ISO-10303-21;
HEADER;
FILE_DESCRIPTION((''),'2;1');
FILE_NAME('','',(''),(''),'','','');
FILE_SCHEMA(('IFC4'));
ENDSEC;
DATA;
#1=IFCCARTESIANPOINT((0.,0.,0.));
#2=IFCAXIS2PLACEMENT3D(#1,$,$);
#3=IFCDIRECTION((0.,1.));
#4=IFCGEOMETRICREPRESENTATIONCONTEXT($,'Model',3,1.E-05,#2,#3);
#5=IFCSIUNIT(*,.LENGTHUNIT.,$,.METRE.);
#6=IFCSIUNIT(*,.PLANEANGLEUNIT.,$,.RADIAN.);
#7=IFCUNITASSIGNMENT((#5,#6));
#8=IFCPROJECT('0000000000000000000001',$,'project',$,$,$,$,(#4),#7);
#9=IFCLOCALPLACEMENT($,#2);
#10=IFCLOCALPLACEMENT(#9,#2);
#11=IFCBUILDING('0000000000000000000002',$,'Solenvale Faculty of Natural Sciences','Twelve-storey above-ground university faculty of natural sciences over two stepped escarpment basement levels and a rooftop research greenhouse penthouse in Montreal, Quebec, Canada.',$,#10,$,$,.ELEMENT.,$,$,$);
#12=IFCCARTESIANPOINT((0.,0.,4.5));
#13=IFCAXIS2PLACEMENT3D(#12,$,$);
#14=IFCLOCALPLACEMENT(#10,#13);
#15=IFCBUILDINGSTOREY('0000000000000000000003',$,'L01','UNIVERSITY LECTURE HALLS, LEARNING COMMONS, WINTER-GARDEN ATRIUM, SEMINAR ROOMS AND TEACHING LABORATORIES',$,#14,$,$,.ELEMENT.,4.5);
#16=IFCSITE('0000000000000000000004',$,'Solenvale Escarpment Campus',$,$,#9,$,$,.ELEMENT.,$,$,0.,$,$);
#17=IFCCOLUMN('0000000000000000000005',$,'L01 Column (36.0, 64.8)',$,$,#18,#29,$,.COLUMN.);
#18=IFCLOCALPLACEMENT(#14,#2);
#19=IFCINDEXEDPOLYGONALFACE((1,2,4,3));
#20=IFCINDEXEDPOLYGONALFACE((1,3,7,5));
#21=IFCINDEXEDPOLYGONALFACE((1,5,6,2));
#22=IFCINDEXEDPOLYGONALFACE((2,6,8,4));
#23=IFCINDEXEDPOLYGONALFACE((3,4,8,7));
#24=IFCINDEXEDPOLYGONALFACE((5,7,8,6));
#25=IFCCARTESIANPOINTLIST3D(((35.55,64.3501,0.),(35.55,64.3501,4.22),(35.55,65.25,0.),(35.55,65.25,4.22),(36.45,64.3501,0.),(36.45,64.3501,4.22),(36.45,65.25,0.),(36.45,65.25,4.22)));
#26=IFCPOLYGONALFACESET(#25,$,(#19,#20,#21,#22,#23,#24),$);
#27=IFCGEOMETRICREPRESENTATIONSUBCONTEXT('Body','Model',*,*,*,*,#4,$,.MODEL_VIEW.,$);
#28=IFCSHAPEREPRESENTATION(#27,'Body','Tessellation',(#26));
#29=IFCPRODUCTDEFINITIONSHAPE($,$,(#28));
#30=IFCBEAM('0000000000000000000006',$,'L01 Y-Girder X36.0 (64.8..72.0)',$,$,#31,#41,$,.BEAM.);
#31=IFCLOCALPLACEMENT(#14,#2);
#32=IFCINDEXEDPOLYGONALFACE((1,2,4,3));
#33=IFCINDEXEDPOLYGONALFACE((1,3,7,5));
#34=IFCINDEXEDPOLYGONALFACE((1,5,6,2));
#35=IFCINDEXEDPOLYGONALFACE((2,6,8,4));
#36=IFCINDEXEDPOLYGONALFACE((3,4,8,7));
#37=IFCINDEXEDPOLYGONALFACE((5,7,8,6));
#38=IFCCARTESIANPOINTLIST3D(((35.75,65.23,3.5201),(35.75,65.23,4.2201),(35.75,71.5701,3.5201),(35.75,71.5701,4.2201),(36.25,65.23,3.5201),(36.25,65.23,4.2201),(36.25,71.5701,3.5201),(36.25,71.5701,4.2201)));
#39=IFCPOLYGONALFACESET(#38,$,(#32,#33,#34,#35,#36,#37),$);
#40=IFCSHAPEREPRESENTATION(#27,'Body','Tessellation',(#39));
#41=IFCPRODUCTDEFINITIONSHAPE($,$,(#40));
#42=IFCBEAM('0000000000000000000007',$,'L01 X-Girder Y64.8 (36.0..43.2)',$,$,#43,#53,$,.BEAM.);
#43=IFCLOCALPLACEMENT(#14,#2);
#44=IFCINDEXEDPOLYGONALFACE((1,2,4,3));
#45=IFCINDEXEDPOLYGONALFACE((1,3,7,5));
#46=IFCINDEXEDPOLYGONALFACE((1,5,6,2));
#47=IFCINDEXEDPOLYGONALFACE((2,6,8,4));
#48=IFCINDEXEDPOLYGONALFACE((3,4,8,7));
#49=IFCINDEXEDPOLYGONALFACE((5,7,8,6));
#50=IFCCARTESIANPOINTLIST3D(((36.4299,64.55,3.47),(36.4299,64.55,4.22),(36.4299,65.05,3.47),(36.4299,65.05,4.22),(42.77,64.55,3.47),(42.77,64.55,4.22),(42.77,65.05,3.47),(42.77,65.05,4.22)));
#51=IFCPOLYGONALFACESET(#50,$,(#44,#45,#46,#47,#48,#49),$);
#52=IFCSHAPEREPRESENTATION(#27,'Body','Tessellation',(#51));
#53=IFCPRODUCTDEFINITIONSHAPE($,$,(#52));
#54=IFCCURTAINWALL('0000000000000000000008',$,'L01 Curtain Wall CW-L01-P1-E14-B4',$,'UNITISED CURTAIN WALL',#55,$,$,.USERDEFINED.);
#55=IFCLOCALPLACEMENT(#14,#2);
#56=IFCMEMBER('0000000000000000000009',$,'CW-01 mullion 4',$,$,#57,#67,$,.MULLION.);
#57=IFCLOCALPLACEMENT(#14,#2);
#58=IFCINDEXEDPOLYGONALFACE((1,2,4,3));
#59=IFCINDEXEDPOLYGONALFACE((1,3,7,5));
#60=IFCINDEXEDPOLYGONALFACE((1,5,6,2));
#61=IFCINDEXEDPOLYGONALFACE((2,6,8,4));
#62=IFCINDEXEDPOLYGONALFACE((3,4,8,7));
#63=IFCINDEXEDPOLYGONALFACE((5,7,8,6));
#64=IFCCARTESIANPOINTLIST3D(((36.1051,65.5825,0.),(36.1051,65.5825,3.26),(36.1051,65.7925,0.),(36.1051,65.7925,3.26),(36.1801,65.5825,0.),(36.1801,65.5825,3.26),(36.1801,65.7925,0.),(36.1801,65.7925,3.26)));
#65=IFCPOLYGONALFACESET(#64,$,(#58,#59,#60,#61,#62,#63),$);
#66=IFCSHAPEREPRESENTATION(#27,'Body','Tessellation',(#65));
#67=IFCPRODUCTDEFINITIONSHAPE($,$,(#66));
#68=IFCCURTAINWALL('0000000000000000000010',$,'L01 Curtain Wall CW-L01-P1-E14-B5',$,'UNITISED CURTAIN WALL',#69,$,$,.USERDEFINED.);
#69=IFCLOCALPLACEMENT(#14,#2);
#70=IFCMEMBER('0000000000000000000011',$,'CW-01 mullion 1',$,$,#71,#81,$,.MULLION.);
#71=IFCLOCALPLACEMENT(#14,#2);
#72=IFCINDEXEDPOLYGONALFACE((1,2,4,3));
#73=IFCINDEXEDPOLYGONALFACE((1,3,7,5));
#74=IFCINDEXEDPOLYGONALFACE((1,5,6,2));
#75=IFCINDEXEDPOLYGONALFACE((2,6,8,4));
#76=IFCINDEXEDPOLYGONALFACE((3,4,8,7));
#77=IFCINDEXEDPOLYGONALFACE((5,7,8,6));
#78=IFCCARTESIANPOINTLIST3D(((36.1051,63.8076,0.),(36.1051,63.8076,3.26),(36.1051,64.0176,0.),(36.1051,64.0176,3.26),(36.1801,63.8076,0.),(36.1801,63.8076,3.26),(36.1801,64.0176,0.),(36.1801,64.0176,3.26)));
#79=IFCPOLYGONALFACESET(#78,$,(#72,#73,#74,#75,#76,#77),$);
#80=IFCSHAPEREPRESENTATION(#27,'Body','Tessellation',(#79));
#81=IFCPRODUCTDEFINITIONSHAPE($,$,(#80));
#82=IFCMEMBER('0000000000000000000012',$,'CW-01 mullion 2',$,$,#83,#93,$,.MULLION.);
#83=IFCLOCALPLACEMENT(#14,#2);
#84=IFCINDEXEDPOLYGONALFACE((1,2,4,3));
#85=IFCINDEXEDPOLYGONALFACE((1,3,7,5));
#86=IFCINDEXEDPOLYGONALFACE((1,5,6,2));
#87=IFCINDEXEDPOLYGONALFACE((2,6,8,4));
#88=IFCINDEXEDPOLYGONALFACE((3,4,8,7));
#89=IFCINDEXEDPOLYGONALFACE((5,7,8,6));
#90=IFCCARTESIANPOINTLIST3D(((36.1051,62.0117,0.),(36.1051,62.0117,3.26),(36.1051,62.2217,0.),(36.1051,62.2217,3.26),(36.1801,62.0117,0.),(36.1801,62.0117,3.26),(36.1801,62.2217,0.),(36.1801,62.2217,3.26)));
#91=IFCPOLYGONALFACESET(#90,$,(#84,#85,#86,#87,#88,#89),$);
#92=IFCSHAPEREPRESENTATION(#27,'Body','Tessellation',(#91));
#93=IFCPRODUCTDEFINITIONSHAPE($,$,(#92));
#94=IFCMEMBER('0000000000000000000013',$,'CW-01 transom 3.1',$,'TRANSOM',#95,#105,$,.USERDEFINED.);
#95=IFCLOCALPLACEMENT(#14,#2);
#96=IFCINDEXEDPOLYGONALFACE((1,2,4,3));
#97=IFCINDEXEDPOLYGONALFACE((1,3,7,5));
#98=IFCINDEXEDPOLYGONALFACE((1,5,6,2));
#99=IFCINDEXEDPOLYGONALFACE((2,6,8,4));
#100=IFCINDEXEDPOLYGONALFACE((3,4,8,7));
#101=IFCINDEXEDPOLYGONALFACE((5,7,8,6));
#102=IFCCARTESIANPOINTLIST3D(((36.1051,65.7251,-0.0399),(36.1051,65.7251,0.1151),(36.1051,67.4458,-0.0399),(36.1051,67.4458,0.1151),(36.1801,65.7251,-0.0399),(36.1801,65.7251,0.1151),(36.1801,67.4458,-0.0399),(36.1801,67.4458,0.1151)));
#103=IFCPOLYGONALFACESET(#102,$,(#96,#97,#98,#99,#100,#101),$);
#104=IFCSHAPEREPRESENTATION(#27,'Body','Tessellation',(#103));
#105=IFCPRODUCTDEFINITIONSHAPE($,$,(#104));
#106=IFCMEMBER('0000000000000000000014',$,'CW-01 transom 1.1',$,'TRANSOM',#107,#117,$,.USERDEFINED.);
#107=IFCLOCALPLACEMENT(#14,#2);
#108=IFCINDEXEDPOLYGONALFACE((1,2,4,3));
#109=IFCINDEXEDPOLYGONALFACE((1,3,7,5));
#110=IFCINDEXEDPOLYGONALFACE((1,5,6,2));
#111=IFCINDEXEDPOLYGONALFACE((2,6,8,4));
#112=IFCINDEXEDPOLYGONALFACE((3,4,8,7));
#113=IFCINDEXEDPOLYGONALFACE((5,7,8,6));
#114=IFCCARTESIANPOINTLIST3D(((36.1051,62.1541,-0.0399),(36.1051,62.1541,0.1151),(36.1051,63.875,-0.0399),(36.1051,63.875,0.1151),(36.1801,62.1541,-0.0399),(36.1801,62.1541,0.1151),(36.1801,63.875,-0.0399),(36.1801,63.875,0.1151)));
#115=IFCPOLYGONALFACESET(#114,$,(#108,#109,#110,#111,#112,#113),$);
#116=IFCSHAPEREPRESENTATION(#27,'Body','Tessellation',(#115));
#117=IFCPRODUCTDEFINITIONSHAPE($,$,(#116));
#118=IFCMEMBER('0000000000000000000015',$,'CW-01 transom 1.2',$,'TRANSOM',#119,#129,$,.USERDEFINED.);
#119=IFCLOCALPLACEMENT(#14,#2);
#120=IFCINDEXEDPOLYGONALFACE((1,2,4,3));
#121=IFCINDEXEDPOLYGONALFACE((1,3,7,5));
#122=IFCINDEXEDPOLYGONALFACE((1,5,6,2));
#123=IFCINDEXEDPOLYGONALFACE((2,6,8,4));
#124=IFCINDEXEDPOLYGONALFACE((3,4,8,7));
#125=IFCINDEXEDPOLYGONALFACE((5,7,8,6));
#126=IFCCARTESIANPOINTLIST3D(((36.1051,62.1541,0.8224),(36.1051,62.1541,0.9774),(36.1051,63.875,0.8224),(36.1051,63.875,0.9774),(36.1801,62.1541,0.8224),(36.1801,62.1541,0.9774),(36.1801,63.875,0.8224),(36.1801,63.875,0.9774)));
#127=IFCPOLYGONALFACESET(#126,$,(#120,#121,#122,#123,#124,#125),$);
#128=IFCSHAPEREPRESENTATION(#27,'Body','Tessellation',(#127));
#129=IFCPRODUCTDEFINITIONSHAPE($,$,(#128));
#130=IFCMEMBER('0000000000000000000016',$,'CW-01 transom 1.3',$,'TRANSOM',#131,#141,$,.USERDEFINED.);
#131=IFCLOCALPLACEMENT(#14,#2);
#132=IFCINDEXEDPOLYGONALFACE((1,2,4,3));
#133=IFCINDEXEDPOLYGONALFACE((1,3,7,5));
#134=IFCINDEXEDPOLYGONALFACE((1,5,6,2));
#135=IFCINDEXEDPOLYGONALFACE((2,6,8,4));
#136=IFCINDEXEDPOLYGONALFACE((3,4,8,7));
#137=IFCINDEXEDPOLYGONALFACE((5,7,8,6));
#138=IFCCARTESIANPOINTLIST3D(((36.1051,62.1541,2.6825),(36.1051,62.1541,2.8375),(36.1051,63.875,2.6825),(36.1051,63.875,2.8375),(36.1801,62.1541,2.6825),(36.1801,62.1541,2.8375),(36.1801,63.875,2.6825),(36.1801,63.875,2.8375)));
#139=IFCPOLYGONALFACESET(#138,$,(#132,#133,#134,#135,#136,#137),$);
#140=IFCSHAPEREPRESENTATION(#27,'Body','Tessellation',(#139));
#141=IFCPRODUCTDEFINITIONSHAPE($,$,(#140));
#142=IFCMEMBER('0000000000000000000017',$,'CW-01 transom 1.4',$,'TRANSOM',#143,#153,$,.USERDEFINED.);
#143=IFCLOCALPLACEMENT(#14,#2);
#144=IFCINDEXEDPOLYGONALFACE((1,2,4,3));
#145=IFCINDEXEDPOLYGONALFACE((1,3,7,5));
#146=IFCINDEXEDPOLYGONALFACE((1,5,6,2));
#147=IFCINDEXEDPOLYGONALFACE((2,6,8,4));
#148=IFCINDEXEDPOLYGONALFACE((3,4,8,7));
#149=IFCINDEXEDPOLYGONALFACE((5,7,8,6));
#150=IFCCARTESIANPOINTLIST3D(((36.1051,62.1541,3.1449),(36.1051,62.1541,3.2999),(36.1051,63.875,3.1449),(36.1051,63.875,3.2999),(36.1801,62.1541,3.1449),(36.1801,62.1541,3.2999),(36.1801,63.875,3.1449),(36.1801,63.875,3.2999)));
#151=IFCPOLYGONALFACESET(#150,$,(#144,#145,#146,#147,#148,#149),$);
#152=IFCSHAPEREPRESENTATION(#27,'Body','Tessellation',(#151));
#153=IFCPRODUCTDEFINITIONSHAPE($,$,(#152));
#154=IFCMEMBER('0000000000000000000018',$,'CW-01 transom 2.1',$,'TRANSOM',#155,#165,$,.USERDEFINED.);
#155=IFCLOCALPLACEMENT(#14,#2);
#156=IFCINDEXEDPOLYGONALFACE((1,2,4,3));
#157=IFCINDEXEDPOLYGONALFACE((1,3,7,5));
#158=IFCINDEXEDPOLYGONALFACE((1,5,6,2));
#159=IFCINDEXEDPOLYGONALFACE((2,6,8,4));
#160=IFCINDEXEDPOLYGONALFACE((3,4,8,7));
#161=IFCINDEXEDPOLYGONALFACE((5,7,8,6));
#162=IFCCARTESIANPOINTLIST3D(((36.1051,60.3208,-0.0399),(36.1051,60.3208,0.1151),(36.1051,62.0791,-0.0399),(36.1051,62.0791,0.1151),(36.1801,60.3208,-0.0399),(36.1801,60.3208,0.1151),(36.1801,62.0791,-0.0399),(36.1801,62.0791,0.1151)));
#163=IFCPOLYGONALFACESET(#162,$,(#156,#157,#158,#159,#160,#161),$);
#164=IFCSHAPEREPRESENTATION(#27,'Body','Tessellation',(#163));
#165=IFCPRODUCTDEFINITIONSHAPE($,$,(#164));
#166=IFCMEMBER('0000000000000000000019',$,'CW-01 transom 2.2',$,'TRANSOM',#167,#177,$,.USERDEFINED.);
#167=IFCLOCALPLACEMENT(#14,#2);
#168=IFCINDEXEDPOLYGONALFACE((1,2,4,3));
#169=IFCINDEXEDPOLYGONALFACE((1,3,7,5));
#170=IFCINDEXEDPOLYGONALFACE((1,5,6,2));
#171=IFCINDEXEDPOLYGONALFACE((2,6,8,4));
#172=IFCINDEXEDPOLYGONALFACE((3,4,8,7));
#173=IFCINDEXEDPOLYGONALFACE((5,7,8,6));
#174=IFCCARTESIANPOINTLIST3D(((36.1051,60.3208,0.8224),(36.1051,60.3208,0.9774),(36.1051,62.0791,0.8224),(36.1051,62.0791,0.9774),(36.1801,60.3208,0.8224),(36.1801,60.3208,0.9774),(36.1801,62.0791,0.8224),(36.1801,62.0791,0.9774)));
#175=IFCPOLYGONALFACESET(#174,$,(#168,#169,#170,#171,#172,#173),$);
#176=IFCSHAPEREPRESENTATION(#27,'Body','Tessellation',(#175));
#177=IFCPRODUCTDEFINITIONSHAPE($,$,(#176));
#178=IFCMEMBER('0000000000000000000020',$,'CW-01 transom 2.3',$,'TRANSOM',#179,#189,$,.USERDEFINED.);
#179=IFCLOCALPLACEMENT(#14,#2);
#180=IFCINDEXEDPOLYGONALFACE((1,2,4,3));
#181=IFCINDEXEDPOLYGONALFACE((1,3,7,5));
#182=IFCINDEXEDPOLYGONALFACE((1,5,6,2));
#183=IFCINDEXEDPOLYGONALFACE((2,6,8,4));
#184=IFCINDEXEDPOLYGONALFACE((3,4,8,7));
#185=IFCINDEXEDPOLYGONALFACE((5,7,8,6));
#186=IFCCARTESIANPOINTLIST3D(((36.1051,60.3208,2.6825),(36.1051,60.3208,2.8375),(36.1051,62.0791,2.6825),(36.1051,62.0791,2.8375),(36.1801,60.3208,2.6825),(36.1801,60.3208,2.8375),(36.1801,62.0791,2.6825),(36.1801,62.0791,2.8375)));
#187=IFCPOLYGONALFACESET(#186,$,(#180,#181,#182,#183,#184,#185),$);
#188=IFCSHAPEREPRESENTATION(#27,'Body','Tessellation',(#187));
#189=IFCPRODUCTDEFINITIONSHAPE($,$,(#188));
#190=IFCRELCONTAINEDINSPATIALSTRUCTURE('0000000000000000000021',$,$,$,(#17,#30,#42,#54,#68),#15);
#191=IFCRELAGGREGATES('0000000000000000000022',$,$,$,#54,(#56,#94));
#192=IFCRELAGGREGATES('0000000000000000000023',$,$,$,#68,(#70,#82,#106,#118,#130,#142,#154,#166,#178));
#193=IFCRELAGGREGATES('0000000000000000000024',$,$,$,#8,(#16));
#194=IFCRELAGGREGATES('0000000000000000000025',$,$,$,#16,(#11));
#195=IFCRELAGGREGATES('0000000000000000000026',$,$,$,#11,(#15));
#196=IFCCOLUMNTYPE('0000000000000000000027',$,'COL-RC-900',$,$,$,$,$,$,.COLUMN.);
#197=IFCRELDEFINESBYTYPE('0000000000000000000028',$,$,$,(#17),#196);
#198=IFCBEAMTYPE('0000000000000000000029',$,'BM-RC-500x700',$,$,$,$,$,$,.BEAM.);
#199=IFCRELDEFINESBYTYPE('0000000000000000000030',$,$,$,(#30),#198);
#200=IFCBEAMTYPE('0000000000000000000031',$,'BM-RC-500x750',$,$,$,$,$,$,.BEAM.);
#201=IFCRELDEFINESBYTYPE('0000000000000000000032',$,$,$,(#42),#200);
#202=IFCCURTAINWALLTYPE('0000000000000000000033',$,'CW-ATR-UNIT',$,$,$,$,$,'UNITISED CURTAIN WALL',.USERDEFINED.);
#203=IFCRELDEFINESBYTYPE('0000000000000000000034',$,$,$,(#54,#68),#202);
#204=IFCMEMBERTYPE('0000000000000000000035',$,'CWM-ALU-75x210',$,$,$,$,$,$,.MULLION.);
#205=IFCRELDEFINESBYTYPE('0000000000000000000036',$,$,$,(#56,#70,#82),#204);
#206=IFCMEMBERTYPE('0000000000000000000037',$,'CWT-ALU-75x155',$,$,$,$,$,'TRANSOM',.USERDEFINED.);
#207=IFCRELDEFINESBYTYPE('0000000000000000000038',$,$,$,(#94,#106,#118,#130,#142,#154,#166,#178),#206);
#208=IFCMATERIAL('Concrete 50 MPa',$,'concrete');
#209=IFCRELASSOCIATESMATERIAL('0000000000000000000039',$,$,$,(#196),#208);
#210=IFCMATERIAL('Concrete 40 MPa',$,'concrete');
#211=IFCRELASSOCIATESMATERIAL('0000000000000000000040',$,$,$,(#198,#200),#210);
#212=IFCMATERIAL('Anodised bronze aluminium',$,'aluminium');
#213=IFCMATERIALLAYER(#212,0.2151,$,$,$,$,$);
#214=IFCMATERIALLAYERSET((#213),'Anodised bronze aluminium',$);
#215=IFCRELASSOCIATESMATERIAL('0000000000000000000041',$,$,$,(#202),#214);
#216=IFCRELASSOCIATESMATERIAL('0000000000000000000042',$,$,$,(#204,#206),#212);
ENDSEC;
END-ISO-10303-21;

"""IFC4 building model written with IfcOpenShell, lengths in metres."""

from ifc_helpers import new_model, si_unit, direction, frame, origin, origin_2d, place, context, subcontext, project, spatial, rectangle, extrude, material, layer, layer_set, material_profile, profile_set, type_object, element, aggregate, save


model = new_model("IFC4")

# Units and contexts
model_context = context("Model", 3, precision=1e-05, world=origin(), true_north=direction((0.0, 1.0)))
body_context = subcontext(model_context, "Body", "Model", "MODEL_VIEW")
ifc_project = project(units=[si_unit("LENGTHUNIT", "METRE"), si_unit("PLANEANGLEUNIT", "RADIAN")], contexts=[model_context])

# Site, building, storey
site_placement = place(None, origin())
site = spatial("IfcSite", under=ifc_project, at=site_placement, Name="Solenvale Escarpment Campus", CompositionType="ELEMENT", RefElevation=0.0)
building_placement = place(site_placement, origin())
building = spatial("IfcBuilding", under=site, at=building_placement, Name="Solenvale Faculty of Natural Sciences", Description="Twelve-storey above-ground university faculty of natural sciences over two stepped escarpment basement levels and a rooftop research greenhouse penthouse in Montreal, Quebec, Canada.", CompositionType="ELEMENT")
storey_placement = place(building_placement, frame((0.0, 0.0, 4.5)))
storey = spatial("IfcBuildingStorey", under=building, at=storey_placement, Name="L01", Description="UNIVERSITY LECTURE HALLS, LEARNING COMMONS, WINTER-GARDEN ATRIUM, SEMINAR ROOMS AND TEACHING LABORATORIES", CompositionType="ELEMENT", Elevation=4.5)

# Column
ifc_material_1 = material(Name="Concrete 50 MPa", Category="concrete")
ifc_material_profile_1 = material_profile(ifc_material_1, rectangle(XDim=0.8999, YDim=0.8999, at=origin_2d()), Name="RC-COL-900x900")
ifc_profile_set_1 = profile_set([ifc_material_profile_1], Name="Concrete 50 MPa")
column_type = type_object("IfcColumnType", Name="COL-RC-900", PredefinedType="COLUMN", material=ifc_profile_set_1)
column_placement = place(storey_placement, frame((36.0, 64.8, 0.0), z_axis=(0.0, 0.0, 1.0), x_axis=(1.0, 0.0, 0.0)))
element("IfcColumn", 1, at=column_placement, inside=storey, type_object=column_type, Name="L01 Column (36.0, 64.8)", PredefinedType="COLUMN", context=body_context, shape_type="SweptSolid", body=[
    extrude(rectangle(XDim=0.8999, YDim=0.8999, at=origin_2d()), origin(), (0.0, 0.0, 1.0), 4.22),
])

# Beams
ifc_material_2 = material(Name="Concrete 40 MPa", Category="concrete")
ifc_material_profile_2 = material_profile(ifc_material_2, rectangle(XDim=0.5, YDim=0.7, at=origin_2d()), Name="RC-BM-500x700")
ifc_profile_set_2 = profile_set([ifc_material_profile_2], Name="Concrete 40 MPa")
beam_type_1 = type_object("IfcBeamType", Name="BM-RC-500x700", PredefinedType="BEAM", material=ifc_profile_set_2)
beam_1_placement = place(storey_placement, frame((36.0, 65.23, 3.8701), z_axis=(0.0, 1.0, 0.0), x_axis=(-1.0, 0.0, 0.0)))
element("IfcBeam", 2, at=beam_1_placement, inside=storey, type_object=beam_type_1, Name="L01 Y-Girder X36.0 (64.8..72.0)", PredefinedType="BEAM", context=body_context, shape_type="SweptSolid", body=[
    extrude(rectangle(XDim=0.5, YDim=0.7, at=origin_2d()), origin(), (0.0, 0.0, 1.0), 6.3401),
])
ifc_material_profile_3 = material_profile(ifc_material_2, rectangle(XDim=0.5, YDim=0.75, at=origin_2d()), Name="RC-BM-500x750")
ifc_profile_set_3 = profile_set([ifc_material_profile_3], Name="Concrete 40 MPa")
beam_type_2 = type_object("IfcBeamType", Name="BM-RC-500x750", PredefinedType="BEAM", material=ifc_profile_set_3)
beam_2_placement = place(storey_placement, frame((36.4299, 64.8, 3.845), z_axis=(1.0, 0.0, 0.0), x_axis=(0.0, 1.0, 0.0)))
element("IfcBeam", 3, at=beam_2_placement, inside=storey, type_object=beam_type_2, Name="L01 X-Girder Y64.8 (36.0..43.2)", PredefinedType="BEAM", context=body_context, shape_type="SweptSolid", body=[
    extrude(rectangle(XDim=0.5, YDim=0.75, at=origin_2d()), origin(), (0.0, 0.0, 1.0), 6.3401),
])

# Curtain wall, member
ifc_material_3 = material(Name="Anodised bronze aluminium", Category="aluminium")
ifc_layer_1 = layer(ifc_material_3, 0.2151)
ifc_layer_set_1 = layer_set([ifc_layer_1], Name="Anodised bronze aluminium")
curtain_wall_type = type_object("IfcCurtainWallType", Name="CW-ATR-UNIT", ElementType="UNITISED CURTAIN WALL", PredefinedType="USERDEFINED", material=ifc_layer_set_1)
curtain_wall_1_placement = place(storey_placement, origin())
curtain_wall_1 = element("IfcCurtainWall", 4, at=curtain_wall_1_placement, inside=storey, type_object=curtain_wall_type, Name="L01 Curtain Wall CW-L01-P1-E14-B4", ObjectType="UNITISED CURTAIN WALL", PredefinedType="USERDEFINED")
ifc_material_profile_4 = material_profile(ifc_material_3, rectangle(XDim=0.075, YDim=0.21, at=origin_2d()), Name="ALU-MUL-75x210")
ifc_profile_set_4 = profile_set([ifc_material_profile_4], Name="Anodised bronze aluminium")
member_type_1 = type_object("IfcMemberType", Name="CWM-ALU-75x210", PredefinedType="MULLION", material=ifc_profile_set_4)
member_1_placement = place(storey_placement, frame((36.1426, 65.6875, 0.0), z_axis=(0.0, 0.0, 1.0), x_axis=(1.0, 0.0, 0.0)))
member_1 = element("IfcMember", 5, at=member_1_placement, type_object=member_type_1, Name="CW-01 mullion 4", PredefinedType="MULLION", context=body_context, shape_type="SweptSolid", body=[
    extrude(rectangle(XDim=0.075, YDim=0.21, at=origin_2d()), origin(), (0.0, 0.0, 1.0), 3.26),
])

# Curtain wall, members
curtain_wall_2_placement = place(storey_placement, origin())
curtain_wall_2 = element("IfcCurtainWall", 6, at=curtain_wall_2_placement, inside=storey, type_object=curtain_wall_type, Name="L01 Curtain Wall CW-L01-P1-E14-B5", ObjectType="UNITISED CURTAIN WALL", PredefinedType="USERDEFINED")
member_2_placement = place(storey_placement, frame((36.1426, 63.9126, 0.0), z_axis=(0.0, 0.0, 1.0), x_axis=(1.0, 0.0, 0.0)))
member_2 = element("IfcMember", 7, at=member_2_placement, type_object=member_type_1, Name="CW-01 mullion 1", PredefinedType="MULLION", context=body_context, shape_type="SweptSolid", body=[
    extrude(rectangle(XDim=0.075, YDim=0.21, at=origin_2d()), origin(), (0.0, 0.0, 1.0), 3.26),
])
member_3_placement = place(storey_placement, frame((36.1426, 62.1167, 0.0), z_axis=(0.0, 0.0, 1.0), x_axis=(1.0, 0.0, 0.0)))
member_3 = element("IfcMember", 8, at=member_3_placement, type_object=member_type_1, Name="CW-01 mullion 2", PredefinedType="MULLION", context=body_context, shape_type="SweptSolid", body=[
    extrude(rectangle(XDim=0.075, YDim=0.21, at=origin_2d()), origin(), (0.0, 0.0, 1.0), 3.26),
])

# Members
ifc_material_profile_5 = material_profile(ifc_material_3, rectangle(XDim=0.075, YDim=0.155, at=origin_2d()), Name="ALU-TRN-75x155")
ifc_profile_set_5 = profile_set([ifc_material_profile_5], Name="Anodised bronze aluminium")
member_type_2 = type_object("IfcMemberType", Name="CWT-ALU-75x155", ElementType="TRANSOM", PredefinedType="USERDEFINED", material=ifc_profile_set_5)
member_4_placement = place(storey_placement, frame((36.1426, 67.4458, 0.0376), z_axis=(0.0, -1.0, 0.0), x_axis=(1.0, 0.0, 0.0)))
member_4 = element("IfcMember", 9, at=member_4_placement, type_object=member_type_2, Name="CW-01 transom 3.1", ObjectType="TRANSOM", PredefinedType="USERDEFINED", context=body_context, shape_type="SweptSolid", body=[
    extrude(rectangle(XDim=0.075, YDim=0.155, at=origin_2d()), origin(), (0.0, 0.0, 1.0), 1.7207),
])
member_5_placement = place(storey_placement, frame((36.1426, 63.875, 0.0376), z_axis=(0.0, -1.0, 0.0), x_axis=(1.0, 0.0, 0.0)))
member_5 = element("IfcMember", 10, at=member_5_placement, type_object=member_type_2, Name="CW-01 transom 1.1", ObjectType="TRANSOM", PredefinedType="USERDEFINED", context=body_context, shape_type="SweptSolid", body=[
    extrude(rectangle(XDim=0.075, YDim=0.155, at=origin_2d()), origin(), (0.0, 0.0, 1.0), 1.7209),
])
member_6_placement = place(storey_placement, frame((36.1426, 63.875, 0.8999), z_axis=(0.0, -1.0, 0.0), x_axis=(1.0, 0.0, 0.0)))
member_6 = element("IfcMember", 11, at=member_6_placement, type_object=member_type_2, Name="CW-01 transom 1.2", ObjectType="TRANSOM", PredefinedType="USERDEFINED", context=body_context, shape_type="SweptSolid", body=[
    extrude(rectangle(XDim=0.075, YDim=0.155, at=origin_2d()), origin(), (0.0, 0.0, 1.0), 1.7209),
])
member_7_placement = place(storey_placement, frame((36.1426, 63.875, 2.76), z_axis=(0.0, -1.0, 0.0), x_axis=(1.0, 0.0, 0.0)))
member_7 = element("IfcMember", 12, at=member_7_placement, type_object=member_type_2, Name="CW-01 transom 1.3", ObjectType="TRANSOM", PredefinedType="USERDEFINED", context=body_context, shape_type="SweptSolid", body=[
    extrude(rectangle(XDim=0.075, YDim=0.155, at=origin_2d()), origin(), (0.0, 0.0, 1.0), 1.7209),
])
member_8_placement = place(storey_placement, frame((36.1426, 63.875, 3.2224), z_axis=(0.0, -1.0, 0.0), x_axis=(1.0, 0.0, 0.0)))
member_8 = element("IfcMember", 13, at=member_8_placement, type_object=member_type_2, Name="CW-01 transom 1.4", ObjectType="TRANSOM", PredefinedType="USERDEFINED", context=body_context, shape_type="SweptSolid", body=[
    extrude(rectangle(XDim=0.075, YDim=0.155, at=origin_2d()), origin(), (0.0, 0.0, 1.0), 1.7209),
])
member_9_placement = place(storey_placement, frame((36.1426, 62.0791, 0.0376), z_axis=(0.0, -1.0, 0.0), x_axis=(1.0, 0.0, 0.0)))
member_9 = element("IfcMember", 14, at=member_9_placement, type_object=member_type_2, Name="CW-01 transom 2.1", ObjectType="TRANSOM", PredefinedType="USERDEFINED", context=body_context, shape_type="SweptSolid", body=[
    extrude(rectangle(XDim=0.075, YDim=0.155, at=origin_2d()), origin(), (0.0, 0.0, 1.0), 1.7583),
])
member_10_placement = place(storey_placement, frame((36.1426, 62.0791, 0.8999), z_axis=(0.0, -1.0, 0.0), x_axis=(1.0, 0.0, 0.0)))
member_10 = element("IfcMember", 15, at=member_10_placement, type_object=member_type_2, Name="CW-01 transom 2.2", ObjectType="TRANSOM", PredefinedType="USERDEFINED", context=body_context, shape_type="SweptSolid", body=[
    extrude(rectangle(XDim=0.075, YDim=0.155, at=origin_2d()), origin(), (0.0, 0.0, 1.0), 1.7583),
])
member_11_placement = place(storey_placement, frame((36.1426, 62.0791, 2.76), z_axis=(0.0, -1.0, 0.0), x_axis=(1.0, 0.0, 0.0)))
member_11 = element("IfcMember", 16, at=member_11_placement, type_object=member_type_2, Name="CW-01 transom 2.3", ObjectType="TRANSOM", PredefinedType="USERDEFINED", context=body_context, shape_type="SweptSolid", body=[
    extrude(rectangle(XDim=0.075, YDim=0.155, at=origin_2d()), origin(), (0.0, 0.0, 1.0), 1.7583),
])

aggregate(curtain_wall_1, [member_1, member_4])
aggregate(curtain_wall_2, [member_2, member_3, member_5, member_6, member_7, member_8, member_9, member_10, member_11])

save(model, "model.ifc")
